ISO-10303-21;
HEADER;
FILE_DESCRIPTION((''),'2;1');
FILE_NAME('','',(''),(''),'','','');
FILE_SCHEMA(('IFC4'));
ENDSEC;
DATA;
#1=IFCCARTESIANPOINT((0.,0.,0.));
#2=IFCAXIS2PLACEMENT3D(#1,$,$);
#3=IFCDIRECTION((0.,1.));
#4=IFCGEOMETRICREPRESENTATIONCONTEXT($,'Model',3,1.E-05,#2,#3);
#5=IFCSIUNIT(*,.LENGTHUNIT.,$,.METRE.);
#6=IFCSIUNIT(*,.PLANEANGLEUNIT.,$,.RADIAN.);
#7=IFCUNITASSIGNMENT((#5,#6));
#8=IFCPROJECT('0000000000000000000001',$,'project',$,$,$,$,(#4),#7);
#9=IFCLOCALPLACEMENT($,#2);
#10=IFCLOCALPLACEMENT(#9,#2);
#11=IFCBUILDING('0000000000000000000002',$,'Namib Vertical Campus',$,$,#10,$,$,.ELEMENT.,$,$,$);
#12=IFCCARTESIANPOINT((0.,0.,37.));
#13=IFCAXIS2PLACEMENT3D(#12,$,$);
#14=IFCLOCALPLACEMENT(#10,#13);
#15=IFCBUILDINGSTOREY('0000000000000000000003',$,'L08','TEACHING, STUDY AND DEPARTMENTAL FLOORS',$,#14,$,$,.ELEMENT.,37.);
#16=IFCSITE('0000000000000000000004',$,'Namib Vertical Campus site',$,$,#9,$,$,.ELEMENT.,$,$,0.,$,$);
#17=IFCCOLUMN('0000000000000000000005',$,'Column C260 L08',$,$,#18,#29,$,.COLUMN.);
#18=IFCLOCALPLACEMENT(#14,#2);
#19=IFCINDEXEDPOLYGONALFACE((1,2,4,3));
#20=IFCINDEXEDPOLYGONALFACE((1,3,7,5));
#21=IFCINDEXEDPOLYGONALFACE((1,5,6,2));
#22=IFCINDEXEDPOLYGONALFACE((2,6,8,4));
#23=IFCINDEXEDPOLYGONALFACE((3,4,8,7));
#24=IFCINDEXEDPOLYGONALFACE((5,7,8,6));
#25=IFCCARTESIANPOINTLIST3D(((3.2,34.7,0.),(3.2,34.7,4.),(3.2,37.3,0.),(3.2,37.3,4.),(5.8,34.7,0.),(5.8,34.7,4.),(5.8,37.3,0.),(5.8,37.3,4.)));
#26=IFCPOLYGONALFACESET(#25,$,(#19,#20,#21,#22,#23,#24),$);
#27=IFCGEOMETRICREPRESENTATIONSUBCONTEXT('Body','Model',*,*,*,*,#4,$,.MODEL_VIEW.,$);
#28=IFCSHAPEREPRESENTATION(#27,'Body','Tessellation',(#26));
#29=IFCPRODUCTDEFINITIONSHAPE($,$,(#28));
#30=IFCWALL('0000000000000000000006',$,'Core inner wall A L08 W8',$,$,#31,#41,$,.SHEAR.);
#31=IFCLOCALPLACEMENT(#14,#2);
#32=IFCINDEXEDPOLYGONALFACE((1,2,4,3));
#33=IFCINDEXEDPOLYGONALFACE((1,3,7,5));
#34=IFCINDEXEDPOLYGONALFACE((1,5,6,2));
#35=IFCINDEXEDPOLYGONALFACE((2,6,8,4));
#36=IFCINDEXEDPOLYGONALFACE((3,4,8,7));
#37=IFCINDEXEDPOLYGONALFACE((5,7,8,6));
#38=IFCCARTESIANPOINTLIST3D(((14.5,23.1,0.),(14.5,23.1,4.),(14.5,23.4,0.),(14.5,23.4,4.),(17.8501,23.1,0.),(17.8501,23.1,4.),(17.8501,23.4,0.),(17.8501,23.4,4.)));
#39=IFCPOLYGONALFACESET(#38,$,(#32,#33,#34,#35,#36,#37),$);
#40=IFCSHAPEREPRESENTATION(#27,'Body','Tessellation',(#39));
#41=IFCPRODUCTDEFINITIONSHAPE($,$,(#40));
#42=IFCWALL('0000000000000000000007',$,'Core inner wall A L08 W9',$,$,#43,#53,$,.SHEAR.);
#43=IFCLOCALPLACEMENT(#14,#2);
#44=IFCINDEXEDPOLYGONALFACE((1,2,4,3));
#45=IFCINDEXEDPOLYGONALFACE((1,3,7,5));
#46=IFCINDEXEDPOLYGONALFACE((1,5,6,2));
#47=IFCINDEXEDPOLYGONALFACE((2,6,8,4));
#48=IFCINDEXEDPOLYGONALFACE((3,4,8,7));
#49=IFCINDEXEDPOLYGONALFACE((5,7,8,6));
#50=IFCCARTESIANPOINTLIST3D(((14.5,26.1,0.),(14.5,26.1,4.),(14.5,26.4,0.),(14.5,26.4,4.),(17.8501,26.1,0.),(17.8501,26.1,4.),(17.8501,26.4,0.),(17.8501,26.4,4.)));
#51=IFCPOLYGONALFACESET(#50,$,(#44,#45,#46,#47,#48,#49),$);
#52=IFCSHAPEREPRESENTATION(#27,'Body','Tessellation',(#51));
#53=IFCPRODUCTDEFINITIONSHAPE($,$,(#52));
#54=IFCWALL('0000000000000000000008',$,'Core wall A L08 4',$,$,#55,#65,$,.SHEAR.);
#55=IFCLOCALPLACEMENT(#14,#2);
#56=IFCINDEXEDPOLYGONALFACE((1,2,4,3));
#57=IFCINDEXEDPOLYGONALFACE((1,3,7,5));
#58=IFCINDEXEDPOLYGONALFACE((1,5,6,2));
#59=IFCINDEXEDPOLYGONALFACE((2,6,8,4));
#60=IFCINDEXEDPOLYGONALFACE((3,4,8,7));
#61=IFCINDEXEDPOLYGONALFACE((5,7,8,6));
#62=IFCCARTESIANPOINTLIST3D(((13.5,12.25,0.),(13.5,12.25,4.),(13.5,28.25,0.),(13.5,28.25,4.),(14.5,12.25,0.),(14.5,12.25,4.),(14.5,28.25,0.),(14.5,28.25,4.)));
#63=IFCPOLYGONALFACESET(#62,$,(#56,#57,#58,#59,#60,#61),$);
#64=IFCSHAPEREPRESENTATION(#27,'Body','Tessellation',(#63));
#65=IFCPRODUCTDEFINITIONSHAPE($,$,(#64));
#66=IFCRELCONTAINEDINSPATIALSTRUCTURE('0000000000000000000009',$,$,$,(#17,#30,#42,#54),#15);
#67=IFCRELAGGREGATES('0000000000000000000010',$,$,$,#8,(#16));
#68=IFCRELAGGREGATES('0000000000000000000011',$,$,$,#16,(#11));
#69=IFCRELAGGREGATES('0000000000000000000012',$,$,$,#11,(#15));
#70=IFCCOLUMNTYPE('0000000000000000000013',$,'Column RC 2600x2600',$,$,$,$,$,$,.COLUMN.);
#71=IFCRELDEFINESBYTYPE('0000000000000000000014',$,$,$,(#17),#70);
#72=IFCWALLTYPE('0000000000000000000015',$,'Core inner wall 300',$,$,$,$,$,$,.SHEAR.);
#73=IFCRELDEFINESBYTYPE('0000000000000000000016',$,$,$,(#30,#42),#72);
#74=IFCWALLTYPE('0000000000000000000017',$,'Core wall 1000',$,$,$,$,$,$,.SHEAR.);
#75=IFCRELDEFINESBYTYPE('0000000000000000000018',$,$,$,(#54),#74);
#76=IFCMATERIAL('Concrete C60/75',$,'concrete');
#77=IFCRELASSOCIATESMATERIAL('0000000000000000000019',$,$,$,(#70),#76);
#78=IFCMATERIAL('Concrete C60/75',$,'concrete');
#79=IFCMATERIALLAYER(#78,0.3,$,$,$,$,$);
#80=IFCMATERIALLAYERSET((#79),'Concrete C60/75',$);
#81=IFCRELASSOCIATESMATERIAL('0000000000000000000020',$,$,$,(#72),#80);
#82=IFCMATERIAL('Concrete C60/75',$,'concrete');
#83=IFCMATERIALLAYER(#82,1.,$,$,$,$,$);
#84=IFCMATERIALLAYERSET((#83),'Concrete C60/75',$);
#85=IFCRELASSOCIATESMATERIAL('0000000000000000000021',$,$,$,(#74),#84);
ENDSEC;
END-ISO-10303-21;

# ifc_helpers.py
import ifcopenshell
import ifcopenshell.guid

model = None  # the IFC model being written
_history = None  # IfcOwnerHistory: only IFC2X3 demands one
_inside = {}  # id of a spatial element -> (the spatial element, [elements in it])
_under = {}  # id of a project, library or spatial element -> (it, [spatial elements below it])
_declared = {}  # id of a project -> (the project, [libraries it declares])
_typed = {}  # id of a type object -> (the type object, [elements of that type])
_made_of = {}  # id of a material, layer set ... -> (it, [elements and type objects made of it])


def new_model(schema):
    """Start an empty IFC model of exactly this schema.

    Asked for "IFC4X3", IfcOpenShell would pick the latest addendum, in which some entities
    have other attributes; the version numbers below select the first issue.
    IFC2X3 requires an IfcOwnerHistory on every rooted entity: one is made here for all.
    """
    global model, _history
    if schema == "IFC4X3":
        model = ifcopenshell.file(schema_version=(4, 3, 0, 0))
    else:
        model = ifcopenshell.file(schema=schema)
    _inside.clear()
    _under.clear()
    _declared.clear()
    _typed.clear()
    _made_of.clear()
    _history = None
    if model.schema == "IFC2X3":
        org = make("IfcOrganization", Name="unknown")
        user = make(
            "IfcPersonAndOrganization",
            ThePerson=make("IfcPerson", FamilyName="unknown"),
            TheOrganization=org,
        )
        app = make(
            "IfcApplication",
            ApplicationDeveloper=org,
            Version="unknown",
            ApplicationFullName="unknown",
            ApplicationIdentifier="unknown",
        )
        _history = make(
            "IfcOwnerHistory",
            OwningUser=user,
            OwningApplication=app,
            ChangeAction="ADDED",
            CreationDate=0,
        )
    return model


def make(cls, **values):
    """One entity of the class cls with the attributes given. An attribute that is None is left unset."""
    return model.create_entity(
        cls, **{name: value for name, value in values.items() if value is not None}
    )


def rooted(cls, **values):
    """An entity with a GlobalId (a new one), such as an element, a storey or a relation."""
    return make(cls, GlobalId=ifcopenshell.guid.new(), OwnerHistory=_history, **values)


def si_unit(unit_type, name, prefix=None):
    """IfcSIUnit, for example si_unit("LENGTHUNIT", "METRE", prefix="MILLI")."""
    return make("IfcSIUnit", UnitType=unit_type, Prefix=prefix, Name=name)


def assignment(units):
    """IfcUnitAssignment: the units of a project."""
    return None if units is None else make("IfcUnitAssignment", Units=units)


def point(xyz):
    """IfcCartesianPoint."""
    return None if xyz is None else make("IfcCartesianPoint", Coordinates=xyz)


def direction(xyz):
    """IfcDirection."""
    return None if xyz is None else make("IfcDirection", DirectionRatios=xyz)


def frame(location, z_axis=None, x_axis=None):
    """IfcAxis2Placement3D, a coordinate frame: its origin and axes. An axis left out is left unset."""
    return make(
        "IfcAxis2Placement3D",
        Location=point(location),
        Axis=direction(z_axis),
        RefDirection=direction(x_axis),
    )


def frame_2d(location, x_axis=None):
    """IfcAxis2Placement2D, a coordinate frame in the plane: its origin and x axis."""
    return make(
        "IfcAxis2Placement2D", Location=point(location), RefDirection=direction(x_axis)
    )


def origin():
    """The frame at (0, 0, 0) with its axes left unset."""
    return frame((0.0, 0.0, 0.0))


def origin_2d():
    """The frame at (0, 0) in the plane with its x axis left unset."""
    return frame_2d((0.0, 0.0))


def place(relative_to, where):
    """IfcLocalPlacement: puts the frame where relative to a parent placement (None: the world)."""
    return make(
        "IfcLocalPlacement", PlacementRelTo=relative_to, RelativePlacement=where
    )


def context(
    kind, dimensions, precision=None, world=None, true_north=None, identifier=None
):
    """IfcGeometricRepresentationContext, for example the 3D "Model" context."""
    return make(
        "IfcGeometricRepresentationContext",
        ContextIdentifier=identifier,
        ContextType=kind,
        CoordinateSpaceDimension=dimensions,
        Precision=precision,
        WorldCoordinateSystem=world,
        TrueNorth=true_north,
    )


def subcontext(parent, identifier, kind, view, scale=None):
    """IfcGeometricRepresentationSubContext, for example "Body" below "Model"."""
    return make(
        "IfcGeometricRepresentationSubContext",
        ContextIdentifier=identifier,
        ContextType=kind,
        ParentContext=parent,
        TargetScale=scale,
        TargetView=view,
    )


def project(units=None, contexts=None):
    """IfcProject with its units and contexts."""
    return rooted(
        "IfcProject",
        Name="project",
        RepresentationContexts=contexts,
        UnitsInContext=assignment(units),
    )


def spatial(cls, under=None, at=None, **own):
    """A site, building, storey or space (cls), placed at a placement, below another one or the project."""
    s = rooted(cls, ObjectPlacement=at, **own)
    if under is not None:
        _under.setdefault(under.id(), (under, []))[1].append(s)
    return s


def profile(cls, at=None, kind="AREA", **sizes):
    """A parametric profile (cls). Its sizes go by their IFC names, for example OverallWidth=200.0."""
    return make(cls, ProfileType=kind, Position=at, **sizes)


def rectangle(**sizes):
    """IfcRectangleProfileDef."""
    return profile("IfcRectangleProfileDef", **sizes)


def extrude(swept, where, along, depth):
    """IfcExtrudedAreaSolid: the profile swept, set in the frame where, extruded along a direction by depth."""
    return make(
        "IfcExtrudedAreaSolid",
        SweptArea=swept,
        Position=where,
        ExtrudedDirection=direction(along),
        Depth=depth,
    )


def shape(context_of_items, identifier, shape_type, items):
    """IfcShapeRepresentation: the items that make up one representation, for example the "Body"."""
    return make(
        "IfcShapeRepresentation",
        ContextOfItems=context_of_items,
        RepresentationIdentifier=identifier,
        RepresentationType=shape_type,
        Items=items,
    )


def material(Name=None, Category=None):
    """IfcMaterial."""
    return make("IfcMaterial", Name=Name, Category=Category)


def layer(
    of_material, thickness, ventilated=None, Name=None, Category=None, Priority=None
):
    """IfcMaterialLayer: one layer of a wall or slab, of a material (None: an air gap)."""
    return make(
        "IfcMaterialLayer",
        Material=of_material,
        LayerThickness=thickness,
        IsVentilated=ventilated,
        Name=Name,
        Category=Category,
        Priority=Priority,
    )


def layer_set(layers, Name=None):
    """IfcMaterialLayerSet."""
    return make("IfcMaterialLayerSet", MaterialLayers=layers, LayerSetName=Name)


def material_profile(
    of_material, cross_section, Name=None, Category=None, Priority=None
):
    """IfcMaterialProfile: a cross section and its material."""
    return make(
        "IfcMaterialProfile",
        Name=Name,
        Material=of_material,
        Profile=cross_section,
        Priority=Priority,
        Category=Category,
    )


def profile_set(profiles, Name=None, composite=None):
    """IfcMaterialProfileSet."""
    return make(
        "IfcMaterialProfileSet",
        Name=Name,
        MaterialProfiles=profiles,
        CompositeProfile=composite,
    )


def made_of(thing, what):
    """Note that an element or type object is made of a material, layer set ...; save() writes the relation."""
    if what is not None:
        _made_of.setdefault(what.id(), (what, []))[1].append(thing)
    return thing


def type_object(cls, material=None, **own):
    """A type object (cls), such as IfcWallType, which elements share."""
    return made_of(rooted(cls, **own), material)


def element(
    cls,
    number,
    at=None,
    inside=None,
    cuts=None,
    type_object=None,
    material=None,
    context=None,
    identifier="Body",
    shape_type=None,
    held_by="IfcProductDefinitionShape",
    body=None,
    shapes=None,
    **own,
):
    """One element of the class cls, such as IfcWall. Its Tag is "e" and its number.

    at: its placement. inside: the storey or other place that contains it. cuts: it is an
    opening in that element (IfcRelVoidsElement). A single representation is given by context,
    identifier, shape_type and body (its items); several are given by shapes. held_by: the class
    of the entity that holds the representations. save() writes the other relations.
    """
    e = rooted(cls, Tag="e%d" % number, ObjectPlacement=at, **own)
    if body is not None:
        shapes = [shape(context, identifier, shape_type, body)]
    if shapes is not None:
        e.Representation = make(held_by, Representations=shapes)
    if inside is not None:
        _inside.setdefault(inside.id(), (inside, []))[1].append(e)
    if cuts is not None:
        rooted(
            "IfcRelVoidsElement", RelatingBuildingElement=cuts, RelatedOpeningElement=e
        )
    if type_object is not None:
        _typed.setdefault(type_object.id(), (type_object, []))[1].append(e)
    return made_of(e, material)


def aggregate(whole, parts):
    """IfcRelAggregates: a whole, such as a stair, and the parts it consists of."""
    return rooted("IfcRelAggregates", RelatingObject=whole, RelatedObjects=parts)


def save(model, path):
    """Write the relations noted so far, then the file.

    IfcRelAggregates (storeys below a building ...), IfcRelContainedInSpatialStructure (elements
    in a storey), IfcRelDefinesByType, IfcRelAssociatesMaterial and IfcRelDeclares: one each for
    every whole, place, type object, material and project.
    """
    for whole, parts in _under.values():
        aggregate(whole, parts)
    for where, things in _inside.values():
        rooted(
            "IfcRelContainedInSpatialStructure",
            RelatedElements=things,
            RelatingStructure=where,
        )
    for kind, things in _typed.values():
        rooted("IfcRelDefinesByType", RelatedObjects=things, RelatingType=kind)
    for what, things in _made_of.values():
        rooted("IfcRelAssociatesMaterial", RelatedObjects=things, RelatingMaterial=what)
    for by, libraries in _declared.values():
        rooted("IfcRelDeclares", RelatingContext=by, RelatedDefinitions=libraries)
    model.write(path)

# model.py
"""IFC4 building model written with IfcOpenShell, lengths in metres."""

from ifc_helpers import new_model, si_unit, direction, frame, frame_2d, origin, origin_2d, place, context, subcontext, project, spatial, rectangle, extrude, material, layer, layer_set, material_profile, profile_set, type_object, element, save


model = new_model("IFC4")

# Units and contexts
model_context = context("Model", 3, precision=1e-05, world=origin(), true_north=direction((0.0, 1.0)))
body_context = subcontext(model_context, "Body", "Model", "MODEL_VIEW")
ifc_project = project(units=[si_unit("LENGTHUNIT", "METRE"), si_unit("PLANEANGLEUNIT", "RADIAN")], contexts=[model_context])

# Site, building, storey
site_placement = place(None, origin())
site = spatial("IfcSite", under=ifc_project, at=site_placement, Name="Namib Vertical Campus site", CompositionType="ELEMENT", RefElevation=0.0)
building_placement = place(site_placement, origin())
building = spatial("IfcBuilding", under=site, at=building_placement, Name="Namib Vertical Campus", CompositionType="ELEMENT")
storey_placement = place(building_placement, frame((0.0, 0.0, 37.0)))
storey = spatial("IfcBuildingStorey", under=building, at=storey_placement, Name="L08", Description="TEACHING, STUDY AND DEPARTMENTAL FLOORS", CompositionType="ELEMENT", Elevation=37.0)

# Column
ifc_material_1 = material(Name="Concrete C60/75", Category="concrete")
ifc_material_profile = material_profile(ifc_material_1, rectangle(XDim=2.6001, YDim=2.6001, at=origin_2d()))
ifc_profile_set = profile_set([ifc_material_profile], Name="Concrete C60/75")
column_type = type_object("IfcColumnType", Name="Column RC 2600x2600", PredefinedType="COLUMN", material=ifc_profile_set)
column_placement = place(storey_placement, frame((4.5, 36.0, 0.0), z_axis=(0.0, 0.0, 1.0), x_axis=(1.0, 0.0, 0.0)))
element("IfcColumn", 1, at=column_placement, inside=storey, type_object=column_type, Name="Column C260 L08", PredefinedType="COLUMN", context=body_context, shape_type="SweptSolid", body=[
    extrude(rectangle(XDim=2.6001, YDim=2.6001, at=origin_2d()), origin(), (0.0, 0.0, 1.0), 4.0),
])

# Walls
ifc_material_2 = material(Name="Concrete C60/75", Category="concrete")
ifc_layer_1 = layer(ifc_material_2, 0.3)
ifc_layer_set_1 = layer_set([ifc_layer_1], Name="Concrete C60/75")
wall_type_1 = type_object("IfcWallType", Name="Core inner wall 300", PredefinedType="SHEAR", material=ifc_layer_set_1)
for number, where, z_axis, x_axis, name in (
    (2, (14.5, 23.25, 0.0), (0.0, 0.0, 1.0), (1.0, 0.0, 0.0), "Core inner wall A L08 W8"),
    (3, (14.5, 26.25, 0.0), (0.0, 0.0, 1.0), (1.0, 0.0, 0.0), "Core inner wall A L08 W9"),
):
    element("IfcWall", number, at=place(storey_placement, frame(where, z_axis=z_axis, x_axis=x_axis)), inside=storey, type_object=wall_type_1, Name=name, PredefinedType="SHEAR", context=body_context, shape_type="SweptSolid", body=[
        extrude(rectangle(XDim=3.3501, YDim=0.3, at=frame_2d((1.675, 0.0))), origin(), (0.0, 0.0, 1.0), 4.0),
    ])
ifc_material_3 = material(Name="Concrete C60/75", Category="concrete")
ifc_layer_2 = layer(ifc_material_3, 1.0)
ifc_layer_set_2 = layer_set([ifc_layer_2], Name="Concrete C60/75")
wall_type_2 = type_object("IfcWallType", Name="Core wall 1000", PredefinedType="SHEAR", material=ifc_layer_set_2)
wall_1_placement = place(storey_placement, frame((14.0, 28.25, 0.0), z_axis=(0.0, 0.0, 1.0), x_axis=(0.0, -1.0, 0.0)))
element("IfcWall", 4, at=wall_1_placement, inside=storey, type_object=wall_type_2, Name="Core wall A L08 4", PredefinedType="SHEAR", context=body_context, shape_type="SweptSolid", body=[
    extrude(rectangle(XDim=16.0, YDim=1.0, at=frame_2d((8.0, 0.0))), origin(), (0.0, 0.0, 1.0), 4.0),
])

save(model, "model.ifc")
